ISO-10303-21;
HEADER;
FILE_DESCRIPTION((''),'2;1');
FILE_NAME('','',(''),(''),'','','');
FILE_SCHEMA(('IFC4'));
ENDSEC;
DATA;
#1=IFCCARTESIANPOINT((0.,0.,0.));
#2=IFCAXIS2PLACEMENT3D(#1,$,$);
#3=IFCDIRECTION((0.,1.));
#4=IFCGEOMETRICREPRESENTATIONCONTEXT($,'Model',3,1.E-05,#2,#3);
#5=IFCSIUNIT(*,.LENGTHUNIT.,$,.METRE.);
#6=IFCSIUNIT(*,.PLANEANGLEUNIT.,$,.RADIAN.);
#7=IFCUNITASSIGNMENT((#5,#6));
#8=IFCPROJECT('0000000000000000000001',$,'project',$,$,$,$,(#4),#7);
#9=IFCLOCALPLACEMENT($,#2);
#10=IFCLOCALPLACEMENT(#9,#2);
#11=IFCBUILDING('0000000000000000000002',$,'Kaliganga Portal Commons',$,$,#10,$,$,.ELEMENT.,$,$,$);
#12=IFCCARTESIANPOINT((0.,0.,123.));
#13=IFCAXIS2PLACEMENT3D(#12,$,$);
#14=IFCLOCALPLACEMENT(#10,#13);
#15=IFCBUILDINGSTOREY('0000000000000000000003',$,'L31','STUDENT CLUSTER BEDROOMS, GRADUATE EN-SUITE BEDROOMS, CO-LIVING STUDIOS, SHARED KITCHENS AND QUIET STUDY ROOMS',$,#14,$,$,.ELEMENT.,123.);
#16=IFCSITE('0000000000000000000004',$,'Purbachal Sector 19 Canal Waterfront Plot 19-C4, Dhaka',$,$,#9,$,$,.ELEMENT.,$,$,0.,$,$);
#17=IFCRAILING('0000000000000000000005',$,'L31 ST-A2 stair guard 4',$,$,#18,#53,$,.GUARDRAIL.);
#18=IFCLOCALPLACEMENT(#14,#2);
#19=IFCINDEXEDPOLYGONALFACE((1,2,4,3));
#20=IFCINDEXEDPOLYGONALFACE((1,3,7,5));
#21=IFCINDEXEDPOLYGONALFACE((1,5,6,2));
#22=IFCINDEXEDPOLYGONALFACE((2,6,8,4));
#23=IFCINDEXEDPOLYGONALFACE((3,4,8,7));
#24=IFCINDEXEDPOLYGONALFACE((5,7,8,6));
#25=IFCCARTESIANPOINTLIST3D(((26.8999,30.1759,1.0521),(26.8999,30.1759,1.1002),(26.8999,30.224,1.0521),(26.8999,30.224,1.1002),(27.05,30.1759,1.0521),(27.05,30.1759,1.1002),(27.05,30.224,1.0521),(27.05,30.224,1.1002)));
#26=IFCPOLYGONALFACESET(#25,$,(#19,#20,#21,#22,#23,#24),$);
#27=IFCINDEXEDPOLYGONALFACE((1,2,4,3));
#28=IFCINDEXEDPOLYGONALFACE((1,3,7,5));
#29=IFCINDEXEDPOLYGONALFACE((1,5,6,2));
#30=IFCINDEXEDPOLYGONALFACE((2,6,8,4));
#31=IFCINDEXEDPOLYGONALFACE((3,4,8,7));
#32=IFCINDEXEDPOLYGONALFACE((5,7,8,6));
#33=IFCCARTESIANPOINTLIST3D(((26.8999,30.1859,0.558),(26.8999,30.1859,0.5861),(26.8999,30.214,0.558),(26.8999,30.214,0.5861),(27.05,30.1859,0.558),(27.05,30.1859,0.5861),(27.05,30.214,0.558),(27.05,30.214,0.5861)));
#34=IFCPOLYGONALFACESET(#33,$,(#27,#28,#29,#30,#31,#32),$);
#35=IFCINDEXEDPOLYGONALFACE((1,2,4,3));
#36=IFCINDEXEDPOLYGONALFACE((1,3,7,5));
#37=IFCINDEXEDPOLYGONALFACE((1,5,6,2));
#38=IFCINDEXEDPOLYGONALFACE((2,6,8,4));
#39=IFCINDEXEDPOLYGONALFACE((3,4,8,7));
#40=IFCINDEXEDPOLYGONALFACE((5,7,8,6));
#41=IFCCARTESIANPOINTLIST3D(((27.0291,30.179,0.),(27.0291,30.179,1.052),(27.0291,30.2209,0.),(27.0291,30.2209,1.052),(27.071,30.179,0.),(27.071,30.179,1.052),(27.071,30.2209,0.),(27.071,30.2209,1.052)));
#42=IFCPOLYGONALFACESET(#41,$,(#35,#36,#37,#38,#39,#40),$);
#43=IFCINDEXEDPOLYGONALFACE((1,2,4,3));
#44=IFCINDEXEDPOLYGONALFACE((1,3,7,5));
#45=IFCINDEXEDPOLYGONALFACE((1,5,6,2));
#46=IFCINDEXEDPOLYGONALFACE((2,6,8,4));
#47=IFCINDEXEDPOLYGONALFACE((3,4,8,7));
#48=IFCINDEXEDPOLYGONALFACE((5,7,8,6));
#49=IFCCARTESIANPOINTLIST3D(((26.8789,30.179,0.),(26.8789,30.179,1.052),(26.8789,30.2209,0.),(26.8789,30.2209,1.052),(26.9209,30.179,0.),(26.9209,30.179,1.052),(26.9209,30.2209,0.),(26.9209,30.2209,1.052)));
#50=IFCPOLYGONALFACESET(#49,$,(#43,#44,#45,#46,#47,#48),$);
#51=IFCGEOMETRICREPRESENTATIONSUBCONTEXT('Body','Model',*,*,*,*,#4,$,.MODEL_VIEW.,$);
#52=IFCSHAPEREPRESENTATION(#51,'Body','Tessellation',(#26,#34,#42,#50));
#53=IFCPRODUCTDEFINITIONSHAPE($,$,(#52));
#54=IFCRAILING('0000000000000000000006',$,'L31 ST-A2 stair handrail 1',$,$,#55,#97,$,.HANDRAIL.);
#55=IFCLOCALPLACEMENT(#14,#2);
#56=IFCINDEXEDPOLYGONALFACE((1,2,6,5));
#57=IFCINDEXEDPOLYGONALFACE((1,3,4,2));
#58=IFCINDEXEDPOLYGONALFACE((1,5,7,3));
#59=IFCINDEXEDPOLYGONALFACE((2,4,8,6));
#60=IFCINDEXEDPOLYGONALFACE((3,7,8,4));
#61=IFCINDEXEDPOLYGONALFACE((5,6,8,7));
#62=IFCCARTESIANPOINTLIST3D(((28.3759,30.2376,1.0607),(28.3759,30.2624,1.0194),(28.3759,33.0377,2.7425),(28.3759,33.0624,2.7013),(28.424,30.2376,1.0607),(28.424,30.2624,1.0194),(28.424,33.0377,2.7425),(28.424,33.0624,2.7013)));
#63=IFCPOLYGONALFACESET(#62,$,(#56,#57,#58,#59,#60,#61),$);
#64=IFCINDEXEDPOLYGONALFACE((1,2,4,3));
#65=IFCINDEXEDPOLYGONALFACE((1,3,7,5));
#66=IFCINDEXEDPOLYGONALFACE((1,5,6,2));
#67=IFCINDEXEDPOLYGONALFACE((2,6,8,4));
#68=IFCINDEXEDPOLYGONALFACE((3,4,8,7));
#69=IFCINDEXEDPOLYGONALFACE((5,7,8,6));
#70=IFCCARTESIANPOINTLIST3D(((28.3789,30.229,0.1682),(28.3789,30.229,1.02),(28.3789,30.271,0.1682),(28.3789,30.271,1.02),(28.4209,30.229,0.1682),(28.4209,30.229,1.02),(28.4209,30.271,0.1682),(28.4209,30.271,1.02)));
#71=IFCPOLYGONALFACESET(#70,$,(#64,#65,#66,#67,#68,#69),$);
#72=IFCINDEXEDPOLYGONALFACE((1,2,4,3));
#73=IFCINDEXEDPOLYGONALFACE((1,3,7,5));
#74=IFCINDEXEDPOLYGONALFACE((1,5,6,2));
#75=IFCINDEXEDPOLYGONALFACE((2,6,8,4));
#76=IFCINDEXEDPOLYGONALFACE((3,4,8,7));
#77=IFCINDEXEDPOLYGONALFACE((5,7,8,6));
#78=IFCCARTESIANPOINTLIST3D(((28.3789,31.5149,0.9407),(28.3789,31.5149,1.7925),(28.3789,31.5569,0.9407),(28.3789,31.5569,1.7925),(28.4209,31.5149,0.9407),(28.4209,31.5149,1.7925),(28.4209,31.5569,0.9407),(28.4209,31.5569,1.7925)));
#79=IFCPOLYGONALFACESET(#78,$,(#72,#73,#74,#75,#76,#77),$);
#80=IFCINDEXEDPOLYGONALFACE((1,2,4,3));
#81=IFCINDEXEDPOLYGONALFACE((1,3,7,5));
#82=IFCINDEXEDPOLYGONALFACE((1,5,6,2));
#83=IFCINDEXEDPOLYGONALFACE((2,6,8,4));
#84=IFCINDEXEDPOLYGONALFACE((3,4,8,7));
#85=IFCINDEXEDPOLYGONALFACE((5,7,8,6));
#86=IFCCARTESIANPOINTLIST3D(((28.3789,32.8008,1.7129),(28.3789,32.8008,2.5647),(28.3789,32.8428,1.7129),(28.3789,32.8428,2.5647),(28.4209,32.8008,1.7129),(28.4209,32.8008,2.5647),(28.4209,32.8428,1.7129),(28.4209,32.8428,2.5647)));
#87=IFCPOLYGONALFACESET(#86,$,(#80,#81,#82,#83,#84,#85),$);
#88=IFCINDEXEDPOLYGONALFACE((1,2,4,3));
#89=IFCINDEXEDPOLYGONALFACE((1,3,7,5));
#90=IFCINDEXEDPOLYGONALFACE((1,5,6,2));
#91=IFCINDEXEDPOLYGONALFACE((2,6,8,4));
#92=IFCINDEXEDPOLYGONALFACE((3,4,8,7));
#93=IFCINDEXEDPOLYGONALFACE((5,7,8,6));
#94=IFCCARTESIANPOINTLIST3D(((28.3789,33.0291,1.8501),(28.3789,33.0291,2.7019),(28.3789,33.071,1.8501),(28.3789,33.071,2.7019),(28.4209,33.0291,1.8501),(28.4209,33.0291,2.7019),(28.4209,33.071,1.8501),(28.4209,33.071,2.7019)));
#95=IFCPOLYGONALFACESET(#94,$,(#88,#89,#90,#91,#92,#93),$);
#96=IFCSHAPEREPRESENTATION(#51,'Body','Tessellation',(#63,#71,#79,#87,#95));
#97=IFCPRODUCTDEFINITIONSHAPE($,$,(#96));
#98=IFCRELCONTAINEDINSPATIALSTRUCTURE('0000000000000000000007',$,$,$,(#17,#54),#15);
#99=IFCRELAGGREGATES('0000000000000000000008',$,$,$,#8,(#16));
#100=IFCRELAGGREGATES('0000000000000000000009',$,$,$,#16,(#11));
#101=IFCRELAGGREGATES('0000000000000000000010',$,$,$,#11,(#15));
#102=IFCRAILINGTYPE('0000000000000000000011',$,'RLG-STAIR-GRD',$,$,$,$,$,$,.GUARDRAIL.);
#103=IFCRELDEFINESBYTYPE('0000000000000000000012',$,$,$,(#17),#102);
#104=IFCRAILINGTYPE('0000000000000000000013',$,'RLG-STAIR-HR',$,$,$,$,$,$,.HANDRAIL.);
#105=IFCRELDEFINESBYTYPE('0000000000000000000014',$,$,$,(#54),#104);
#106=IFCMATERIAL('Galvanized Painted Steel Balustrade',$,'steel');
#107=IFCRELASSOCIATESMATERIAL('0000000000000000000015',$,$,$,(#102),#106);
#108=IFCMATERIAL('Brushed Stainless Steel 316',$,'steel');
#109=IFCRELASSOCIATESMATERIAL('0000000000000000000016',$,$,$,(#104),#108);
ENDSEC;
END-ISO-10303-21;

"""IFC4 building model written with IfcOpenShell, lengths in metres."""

from ifc_helpers import new_model, si_unit, direction, frame, origin, origin_2d, place, context, subcontext, project, spatial, rectangle, extrude, material, type_object, element, save


model = new_model("IFC4")

# Units and contexts
model_context = context("Model", 3, precision=1e-05, world=origin(), true_north=direction((0.0, 1.0)))
body_context = subcontext(model_context, "Body", "Model", "MODEL_VIEW")
ifc_project = project(units=[si_unit("LENGTHUNIT", "METRE"), si_unit("PLANEANGLEUNIT", "RADIAN")], contexts=[model_context])

# Site, building, storey
site_placement = place(None, origin())
site = spatial("IfcSite", under=ifc_project, at=site_placement, Name="Purbachal Sector 19 Canal Waterfront Plot 19-C4, Dhaka", CompositionType="ELEMENT", RefElevation=0.0)
building_placement = place(site_placement, origin())
building = spatial("IfcBuilding", under=site, at=building_placement, Name="Kaliganga Portal Commons", CompositionType="ELEMENT")
storey_placement = place(building_placement, frame((0.0, 0.0, 123.0)))
storey = spatial("IfcBuildingStorey", under=building, at=storey_placement, Name="L31", Description="STUDENT CLUSTER BEDROOMS, GRADUATE EN-SUITE BEDROOMS, CO-LIVING STUDIOS, SHARED KITCHENS AND QUIET STUDY ROOMS", CompositionType="ELEMENT", Elevation=123.0)

# Railings
ifc_material_1 = material(Name="Galvanized Painted Steel Balustrade", Category="steel")
railing_type_1 = type_object("IfcRailingType", Name="RLG-STAIR-GRD", PredefinedType="GUARDRAIL", material=ifc_material_1)
railing_1_placement = place(storey_placement, frame((27.05, 30.2, 0.0)))
element("IfcRailing", 1, at=railing_1_placement, inside=storey, type_object=railing_type_1, Name="L31 ST-A2 stair guard 4", PredefinedType="GUARDRAIL", context=body_context, shape_type="SweptSolid", body=[
    extrude(rectangle(XDim=0.0481, YDim=0.0481, at=origin_2d()), frame((0.0, 0.0, 1.0762), z_axis=(-1.0, 0.0, 0.0), x_axis=(0.0, -1.0, 0.0)), (0.0, 0.0, 1.0), 0.1501),
    extrude(rectangle(XDim=0.0281, YDim=0.0281, at=origin_2d()), frame((0.0, 0.0, 0.572), z_axis=(-1.0, 0.0, 0.0), x_axis=(0.0, -1.0, 0.0)), (0.0, 0.0, 1.0), 0.1501),
    extrude(rectangle(XDim=0.042, YDim=0.042, at=origin_2d()), origin(), (0.0, 0.0, 1.0), 1.052),
    extrude(rectangle(XDim=0.042, YDim=0.042, at=origin_2d()), frame((-0.1501, 0.0, 0.0)), (0.0, 0.0, 1.0), 1.052),
])
ifc_material_2 = material(Name="Brushed Stainless Steel 316", Category="steel")
railing_type_2 = type_object("IfcRailingType", Name="RLG-STAIR-HR", PredefinedType="HANDRAIL", material=ifc_material_2)
railing_2_placement = place(storey_placement, frame((28.3999, 30.25, 0.1682)))
element("IfcRailing", 2, at=railing_2_placement, inside=storey, type_object=railing_type_2, Name="L31 ST-A2 stair handrail 1", PredefinedType="HANDRAIL", context=body_context, shape_type="SweptSolid", body=[
    extrude(rectangle(XDim=0.0481, YDim=0.0481, at=origin_2d()), frame((0.0, 0.0, 0.8718), z_axis=(0.0, 0.857242, 0.514913), x_axis=(-1.0, 0.0, 0.0)), (0.0, 0.0, 1.0), 3.2664),
    extrude(rectangle(XDim=0.042, YDim=0.042, at=origin_2d()), origin(), (0.0, 0.0, 1.0), 0.8518),
    extrude(rectangle(XDim=0.042, YDim=0.042, at=origin_2d()), frame((0.0, 1.2859, 0.7725)), (0.0, 0.0, 1.0), 0.8518),
    extrude(rectangle(XDim=0.042, YDim=0.042, at=origin_2d()), frame((0.0, 2.5718, 1.5447)), (0.0, 0.0, 1.0), 0.8518),
    extrude(rectangle(XDim=0.042, YDim=0.042, at=origin_2d()), frame((0.0, 2.8, 1.6819)), (0.0, 0.0, 1.0), 0.8518),
])

save(model, "model.ifc")
